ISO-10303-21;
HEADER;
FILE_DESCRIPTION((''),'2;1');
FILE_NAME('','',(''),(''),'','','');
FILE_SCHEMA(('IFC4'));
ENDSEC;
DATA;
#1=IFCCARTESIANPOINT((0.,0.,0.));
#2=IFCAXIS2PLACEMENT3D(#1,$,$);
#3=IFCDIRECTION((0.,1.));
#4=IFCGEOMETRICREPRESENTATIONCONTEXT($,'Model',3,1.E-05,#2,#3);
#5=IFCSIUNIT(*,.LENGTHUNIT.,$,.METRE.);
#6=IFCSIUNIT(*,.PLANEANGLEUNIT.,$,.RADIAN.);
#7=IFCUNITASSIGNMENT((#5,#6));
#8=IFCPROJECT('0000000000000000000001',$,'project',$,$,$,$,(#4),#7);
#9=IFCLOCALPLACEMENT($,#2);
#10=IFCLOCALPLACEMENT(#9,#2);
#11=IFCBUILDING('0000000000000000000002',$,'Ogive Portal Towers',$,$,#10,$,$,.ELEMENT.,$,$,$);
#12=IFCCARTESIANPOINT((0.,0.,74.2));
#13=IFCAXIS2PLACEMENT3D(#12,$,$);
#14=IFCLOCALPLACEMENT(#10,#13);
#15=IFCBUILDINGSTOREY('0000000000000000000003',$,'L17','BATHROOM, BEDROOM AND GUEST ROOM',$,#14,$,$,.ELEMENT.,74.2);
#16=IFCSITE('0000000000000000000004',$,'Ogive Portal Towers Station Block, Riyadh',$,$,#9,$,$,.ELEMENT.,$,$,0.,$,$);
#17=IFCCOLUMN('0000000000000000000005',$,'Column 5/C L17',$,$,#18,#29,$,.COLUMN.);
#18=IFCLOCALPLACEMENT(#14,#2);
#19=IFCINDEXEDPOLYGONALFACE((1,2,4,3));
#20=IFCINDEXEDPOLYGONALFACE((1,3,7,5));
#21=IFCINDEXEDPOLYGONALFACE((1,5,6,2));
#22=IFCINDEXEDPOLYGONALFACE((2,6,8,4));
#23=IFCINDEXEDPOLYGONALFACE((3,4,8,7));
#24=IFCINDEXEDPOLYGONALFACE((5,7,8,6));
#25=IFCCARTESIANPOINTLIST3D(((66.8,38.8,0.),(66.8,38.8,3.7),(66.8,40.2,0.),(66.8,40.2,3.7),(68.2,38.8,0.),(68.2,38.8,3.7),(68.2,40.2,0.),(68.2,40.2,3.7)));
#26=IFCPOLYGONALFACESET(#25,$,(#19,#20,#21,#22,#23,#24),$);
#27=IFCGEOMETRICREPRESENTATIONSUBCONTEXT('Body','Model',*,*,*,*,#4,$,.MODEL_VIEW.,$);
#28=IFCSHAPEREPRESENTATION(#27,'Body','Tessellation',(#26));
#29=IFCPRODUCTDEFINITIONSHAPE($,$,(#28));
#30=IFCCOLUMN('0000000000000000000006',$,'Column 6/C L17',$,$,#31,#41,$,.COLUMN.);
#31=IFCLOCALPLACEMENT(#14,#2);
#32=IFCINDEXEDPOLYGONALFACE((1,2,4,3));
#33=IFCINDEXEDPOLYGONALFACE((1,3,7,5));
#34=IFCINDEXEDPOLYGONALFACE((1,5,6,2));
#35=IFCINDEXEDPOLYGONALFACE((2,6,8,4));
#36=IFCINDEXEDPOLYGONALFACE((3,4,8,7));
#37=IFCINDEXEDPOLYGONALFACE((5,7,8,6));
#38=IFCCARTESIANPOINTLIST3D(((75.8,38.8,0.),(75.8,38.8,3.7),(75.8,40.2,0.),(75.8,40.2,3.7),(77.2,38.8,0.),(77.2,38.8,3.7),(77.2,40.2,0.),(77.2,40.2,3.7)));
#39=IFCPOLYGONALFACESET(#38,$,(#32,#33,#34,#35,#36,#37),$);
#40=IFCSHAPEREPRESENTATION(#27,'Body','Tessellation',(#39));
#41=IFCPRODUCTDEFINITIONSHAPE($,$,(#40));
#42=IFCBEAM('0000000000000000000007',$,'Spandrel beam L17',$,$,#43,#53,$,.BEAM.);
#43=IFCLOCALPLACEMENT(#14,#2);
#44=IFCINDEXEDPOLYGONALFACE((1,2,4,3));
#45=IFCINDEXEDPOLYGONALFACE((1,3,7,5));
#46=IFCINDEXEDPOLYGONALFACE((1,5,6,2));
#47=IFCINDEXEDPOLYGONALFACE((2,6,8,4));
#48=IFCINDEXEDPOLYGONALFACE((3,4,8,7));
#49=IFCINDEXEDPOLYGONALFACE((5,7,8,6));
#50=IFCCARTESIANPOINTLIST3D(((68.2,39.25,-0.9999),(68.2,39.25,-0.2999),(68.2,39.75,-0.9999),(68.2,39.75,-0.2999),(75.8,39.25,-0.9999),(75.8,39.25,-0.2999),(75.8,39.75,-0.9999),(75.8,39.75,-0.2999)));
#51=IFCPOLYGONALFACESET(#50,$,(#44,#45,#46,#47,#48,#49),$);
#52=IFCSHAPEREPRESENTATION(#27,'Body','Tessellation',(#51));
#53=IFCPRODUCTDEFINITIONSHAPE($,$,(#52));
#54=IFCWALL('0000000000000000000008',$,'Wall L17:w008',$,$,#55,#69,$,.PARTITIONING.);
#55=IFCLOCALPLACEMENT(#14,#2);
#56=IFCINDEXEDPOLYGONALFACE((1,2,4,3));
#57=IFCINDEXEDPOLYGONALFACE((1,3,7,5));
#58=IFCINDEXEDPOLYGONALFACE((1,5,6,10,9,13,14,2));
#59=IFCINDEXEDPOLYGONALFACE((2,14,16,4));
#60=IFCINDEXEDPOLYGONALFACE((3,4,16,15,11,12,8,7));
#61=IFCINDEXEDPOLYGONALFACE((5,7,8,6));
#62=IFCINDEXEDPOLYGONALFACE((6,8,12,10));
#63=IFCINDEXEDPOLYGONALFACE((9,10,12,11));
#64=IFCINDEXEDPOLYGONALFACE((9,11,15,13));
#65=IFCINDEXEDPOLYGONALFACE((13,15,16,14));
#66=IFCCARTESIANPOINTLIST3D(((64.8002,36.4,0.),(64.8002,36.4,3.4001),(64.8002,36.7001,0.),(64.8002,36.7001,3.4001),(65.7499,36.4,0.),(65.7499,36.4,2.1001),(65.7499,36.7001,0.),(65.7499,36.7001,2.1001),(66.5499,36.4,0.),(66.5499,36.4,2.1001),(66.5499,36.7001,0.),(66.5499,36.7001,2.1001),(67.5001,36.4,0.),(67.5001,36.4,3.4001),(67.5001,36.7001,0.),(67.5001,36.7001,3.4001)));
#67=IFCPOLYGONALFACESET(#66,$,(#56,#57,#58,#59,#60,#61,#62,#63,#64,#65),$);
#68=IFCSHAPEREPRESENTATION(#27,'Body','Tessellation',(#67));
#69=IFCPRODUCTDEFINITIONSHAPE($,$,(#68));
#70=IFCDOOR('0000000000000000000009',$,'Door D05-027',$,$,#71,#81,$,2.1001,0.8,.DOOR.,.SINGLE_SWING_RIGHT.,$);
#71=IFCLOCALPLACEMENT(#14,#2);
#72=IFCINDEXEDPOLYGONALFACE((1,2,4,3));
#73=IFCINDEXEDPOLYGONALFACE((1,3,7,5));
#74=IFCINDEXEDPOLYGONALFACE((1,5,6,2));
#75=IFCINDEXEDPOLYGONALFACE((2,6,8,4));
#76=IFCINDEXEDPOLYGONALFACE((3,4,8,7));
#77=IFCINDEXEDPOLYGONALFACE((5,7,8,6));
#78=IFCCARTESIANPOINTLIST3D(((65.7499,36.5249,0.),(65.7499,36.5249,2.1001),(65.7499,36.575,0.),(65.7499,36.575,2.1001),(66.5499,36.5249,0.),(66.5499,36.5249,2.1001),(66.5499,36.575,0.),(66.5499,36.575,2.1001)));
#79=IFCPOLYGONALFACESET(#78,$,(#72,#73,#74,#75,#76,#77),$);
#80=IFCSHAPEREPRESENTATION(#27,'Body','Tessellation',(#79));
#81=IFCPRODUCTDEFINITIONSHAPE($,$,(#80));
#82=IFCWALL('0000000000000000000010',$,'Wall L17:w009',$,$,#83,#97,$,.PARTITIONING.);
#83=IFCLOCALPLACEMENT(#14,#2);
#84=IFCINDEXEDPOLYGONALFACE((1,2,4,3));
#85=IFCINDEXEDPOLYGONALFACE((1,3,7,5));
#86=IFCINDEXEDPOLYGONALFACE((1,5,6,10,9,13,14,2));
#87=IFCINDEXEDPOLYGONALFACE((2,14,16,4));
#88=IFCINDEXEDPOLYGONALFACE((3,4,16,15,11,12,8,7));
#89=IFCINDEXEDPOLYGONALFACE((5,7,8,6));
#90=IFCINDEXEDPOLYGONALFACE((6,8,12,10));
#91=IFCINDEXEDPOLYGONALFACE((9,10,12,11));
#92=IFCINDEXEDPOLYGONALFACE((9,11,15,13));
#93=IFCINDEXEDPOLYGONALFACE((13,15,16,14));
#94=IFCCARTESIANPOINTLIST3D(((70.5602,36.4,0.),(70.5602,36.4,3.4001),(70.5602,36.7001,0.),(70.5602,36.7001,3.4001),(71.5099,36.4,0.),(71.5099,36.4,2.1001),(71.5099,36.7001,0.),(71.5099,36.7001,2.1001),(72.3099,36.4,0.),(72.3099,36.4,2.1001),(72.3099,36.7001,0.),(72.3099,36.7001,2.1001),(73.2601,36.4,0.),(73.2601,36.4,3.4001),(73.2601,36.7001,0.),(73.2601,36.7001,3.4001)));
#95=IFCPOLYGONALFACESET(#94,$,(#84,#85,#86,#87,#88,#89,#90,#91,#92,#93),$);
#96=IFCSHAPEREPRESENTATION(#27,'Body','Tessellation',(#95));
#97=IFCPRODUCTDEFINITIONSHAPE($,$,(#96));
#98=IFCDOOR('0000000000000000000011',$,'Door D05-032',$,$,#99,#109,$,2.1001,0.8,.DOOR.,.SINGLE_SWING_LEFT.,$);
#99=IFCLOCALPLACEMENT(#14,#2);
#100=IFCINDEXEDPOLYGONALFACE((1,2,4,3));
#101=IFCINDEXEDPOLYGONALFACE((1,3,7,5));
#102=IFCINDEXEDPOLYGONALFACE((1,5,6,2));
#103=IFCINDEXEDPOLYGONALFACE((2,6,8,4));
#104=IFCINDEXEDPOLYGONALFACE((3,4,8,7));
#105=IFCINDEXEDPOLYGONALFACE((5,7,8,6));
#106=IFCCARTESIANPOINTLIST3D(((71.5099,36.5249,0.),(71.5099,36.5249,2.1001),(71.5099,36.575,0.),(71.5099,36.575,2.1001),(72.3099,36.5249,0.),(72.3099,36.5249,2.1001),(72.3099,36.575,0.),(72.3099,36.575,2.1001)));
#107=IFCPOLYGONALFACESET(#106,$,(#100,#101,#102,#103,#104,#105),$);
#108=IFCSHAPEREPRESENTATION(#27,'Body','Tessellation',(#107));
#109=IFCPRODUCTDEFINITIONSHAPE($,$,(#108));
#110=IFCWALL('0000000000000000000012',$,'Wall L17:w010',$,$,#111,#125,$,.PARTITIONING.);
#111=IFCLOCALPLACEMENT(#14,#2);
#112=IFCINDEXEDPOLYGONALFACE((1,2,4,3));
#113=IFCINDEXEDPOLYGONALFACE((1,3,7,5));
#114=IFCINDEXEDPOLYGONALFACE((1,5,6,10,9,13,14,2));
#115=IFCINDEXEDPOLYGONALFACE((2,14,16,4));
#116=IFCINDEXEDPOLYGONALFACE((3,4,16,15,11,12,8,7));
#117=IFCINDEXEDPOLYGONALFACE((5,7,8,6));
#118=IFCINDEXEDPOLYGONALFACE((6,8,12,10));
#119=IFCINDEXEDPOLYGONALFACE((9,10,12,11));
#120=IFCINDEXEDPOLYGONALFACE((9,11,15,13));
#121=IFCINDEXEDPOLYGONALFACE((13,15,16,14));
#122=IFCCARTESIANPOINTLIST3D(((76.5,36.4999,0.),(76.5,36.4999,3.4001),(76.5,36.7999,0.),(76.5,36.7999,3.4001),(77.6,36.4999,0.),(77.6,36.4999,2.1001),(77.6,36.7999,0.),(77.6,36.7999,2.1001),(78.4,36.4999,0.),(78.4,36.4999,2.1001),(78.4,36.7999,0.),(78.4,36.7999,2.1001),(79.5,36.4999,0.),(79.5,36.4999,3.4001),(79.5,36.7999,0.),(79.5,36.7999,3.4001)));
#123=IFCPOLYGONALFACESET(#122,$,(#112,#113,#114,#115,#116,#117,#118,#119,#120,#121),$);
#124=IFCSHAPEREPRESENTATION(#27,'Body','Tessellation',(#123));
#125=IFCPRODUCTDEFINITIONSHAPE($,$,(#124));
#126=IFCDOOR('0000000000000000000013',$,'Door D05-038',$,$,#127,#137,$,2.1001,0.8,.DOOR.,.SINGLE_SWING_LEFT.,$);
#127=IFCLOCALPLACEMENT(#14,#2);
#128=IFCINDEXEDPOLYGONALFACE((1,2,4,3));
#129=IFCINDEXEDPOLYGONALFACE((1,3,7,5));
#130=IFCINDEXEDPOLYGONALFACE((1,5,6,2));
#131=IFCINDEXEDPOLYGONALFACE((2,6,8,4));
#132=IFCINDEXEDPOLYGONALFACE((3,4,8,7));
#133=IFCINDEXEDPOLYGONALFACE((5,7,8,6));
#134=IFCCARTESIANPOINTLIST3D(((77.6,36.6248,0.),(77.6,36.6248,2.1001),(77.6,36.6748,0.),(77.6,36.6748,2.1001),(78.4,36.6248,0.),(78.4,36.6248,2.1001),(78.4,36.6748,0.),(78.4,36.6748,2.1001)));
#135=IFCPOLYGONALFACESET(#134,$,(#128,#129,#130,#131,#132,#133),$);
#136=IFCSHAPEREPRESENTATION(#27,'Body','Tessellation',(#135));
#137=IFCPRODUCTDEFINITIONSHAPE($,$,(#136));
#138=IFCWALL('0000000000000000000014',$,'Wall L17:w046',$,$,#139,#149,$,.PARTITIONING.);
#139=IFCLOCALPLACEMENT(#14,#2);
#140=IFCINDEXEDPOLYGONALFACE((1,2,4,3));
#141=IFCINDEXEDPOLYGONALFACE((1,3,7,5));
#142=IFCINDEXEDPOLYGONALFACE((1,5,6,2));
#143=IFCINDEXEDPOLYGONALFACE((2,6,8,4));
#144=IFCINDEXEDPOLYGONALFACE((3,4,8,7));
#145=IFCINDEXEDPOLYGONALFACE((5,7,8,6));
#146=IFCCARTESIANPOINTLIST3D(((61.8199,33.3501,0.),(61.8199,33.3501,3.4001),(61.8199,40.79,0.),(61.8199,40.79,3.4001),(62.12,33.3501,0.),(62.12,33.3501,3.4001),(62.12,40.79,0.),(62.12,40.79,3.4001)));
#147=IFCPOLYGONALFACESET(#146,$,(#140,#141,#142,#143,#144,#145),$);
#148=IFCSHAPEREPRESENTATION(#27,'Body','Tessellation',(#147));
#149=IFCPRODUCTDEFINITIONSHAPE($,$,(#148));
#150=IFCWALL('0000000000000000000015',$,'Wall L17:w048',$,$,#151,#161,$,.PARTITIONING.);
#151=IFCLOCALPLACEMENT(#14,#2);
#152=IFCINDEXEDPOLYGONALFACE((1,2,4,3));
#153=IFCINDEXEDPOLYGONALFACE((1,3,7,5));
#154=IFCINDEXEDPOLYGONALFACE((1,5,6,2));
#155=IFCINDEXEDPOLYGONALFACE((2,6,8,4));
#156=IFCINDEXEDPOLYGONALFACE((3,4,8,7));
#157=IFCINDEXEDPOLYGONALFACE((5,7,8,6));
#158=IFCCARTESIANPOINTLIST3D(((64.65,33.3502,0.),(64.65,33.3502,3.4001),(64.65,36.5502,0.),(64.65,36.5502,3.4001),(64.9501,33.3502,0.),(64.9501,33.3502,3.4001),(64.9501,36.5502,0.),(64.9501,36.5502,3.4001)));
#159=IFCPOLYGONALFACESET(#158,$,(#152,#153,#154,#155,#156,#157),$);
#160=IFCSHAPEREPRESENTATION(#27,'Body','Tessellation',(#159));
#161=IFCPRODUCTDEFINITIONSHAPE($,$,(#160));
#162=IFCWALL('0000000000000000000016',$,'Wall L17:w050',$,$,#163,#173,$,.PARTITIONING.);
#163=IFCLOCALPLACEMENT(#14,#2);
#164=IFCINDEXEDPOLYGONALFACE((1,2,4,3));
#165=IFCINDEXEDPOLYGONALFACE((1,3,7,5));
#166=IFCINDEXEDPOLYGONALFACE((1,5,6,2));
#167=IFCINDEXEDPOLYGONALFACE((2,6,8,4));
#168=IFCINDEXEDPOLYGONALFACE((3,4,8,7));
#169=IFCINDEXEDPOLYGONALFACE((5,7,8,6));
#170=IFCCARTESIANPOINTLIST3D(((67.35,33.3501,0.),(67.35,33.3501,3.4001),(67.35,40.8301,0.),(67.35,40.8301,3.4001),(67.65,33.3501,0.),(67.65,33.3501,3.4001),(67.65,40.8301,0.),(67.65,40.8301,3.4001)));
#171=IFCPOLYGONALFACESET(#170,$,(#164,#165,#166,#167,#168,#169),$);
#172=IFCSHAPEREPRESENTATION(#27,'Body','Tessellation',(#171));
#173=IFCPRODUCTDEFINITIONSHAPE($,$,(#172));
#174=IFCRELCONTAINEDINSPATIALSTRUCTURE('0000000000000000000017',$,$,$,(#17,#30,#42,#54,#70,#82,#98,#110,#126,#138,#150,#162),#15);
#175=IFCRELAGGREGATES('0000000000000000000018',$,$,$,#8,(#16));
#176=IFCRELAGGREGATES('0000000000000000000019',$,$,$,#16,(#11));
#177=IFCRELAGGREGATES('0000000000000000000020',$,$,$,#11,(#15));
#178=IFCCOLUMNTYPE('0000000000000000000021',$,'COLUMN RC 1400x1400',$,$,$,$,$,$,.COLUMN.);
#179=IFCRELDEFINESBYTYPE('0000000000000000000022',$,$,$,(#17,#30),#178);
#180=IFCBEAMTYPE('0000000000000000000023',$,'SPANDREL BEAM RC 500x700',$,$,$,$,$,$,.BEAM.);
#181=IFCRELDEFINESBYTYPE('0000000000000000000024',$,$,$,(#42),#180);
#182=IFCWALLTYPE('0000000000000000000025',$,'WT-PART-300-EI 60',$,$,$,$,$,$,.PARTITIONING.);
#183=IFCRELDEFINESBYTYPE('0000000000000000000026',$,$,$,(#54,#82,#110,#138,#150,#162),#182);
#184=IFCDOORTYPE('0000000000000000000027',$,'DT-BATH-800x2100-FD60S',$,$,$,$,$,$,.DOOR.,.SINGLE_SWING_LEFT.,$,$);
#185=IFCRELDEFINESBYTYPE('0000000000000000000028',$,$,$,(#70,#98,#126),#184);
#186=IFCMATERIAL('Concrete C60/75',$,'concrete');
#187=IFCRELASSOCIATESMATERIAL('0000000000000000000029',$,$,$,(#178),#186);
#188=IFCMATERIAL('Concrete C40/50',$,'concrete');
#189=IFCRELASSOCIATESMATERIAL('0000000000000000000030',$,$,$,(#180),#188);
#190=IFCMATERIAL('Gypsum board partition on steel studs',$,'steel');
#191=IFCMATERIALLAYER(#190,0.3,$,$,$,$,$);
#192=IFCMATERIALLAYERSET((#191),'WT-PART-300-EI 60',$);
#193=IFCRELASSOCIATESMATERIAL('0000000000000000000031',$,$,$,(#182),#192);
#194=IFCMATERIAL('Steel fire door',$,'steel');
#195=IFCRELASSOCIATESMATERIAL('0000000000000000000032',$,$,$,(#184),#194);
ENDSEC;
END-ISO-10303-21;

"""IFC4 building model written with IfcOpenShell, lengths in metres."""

from ifc_helpers import new_model, si_unit, direction, frame, frame_2d, origin, origin_2d, place, context, subcontext, project, spatial, rectangle, extrude, material, layer, layer_set, material_profile, profile_set, type_object, element, fill, save


model = new_model("IFC4")

# Units and contexts
model_context = context("Model", 3, precision=1e-05, world=origin(), true_north=direction((0.0, 1.0)))
body_context = subcontext(model_context, "Body", "Model", "MODEL_VIEW")
ifc_project = project(units=[si_unit("LENGTHUNIT", "METRE"), si_unit("PLANEANGLEUNIT", "RADIAN")], contexts=[model_context])

# Site, building, storey
site_placement = place(None, origin())
site = spatial("IfcSite", under=ifc_project, at=site_placement, Name="Ogive Portal Towers Station Block, Riyadh", CompositionType="ELEMENT", RefElevation=0.0)
building_placement = place(site_placement, origin())
building = spatial("IfcBuilding", under=site, at=building_placement, Name="Ogive Portal Towers", CompositionType="ELEMENT")
storey_placement = place(building_placement, frame((0.0, 0.0, 74.2)))
storey = spatial("IfcBuildingStorey", under=building, at=storey_placement, Name="L17", Description="BATHROOM, BEDROOM AND GUEST ROOM", CompositionType="ELEMENT", Elevation=74.2)

# Columns
ifc_material_1 = material(Name="Concrete C60/75", Category="concrete")
ifc_material_profile_1 = material_profile(ifc_material_1, rectangle(XDim=1.3999, YDim=1.3999, at=origin_2d()), Name="RC 1400x1400")
ifc_profile_set_1 = profile_set([ifc_material_profile_1], Name="Concrete C60/75")
column_type = type_object("IfcColumnType", Name="COLUMN RC 1400x1400", PredefinedType="COLUMN", material=ifc_profile_set_1)
for number, where, z_axis, x_axis, name in (
    (1, (67.5, 39.5, 0.0), (0.0, 0.0, 1.0), (1.0, 0.0, 0.0), "Column 5/C L17"),
    (2, (76.5, 39.5, 0.0), (0.0, 0.0, 1.0), (1.0, 0.0, 0.0), "Column 6/C L17"),
):
    element("IfcColumn", number, at=place(storey_placement, frame(where, z_axis=z_axis, x_axis=x_axis)), inside=storey, type_object=column_type, Name=name, PredefinedType="COLUMN", context=body_context, shape_type="SweptSolid", body=[
        extrude(rectangle(XDim=1.3999, YDim=1.3999, at=origin_2d()), origin(), (0.0, 0.0, 1.0), 3.7),
    ])

# Beam
ifc_material_2 = material(Name="Concrete C40/50", Category="concrete")
ifc_material_profile_2 = material_profile(ifc_material_2, rectangle(XDim=0.5, YDim=0.7, at=origin_2d()), Name="RC 500x700")
ifc_profile_set_2 = profile_set([ifc_material_profile_2], Name="Concrete C40/50")
beam_type = type_object("IfcBeamType", Name="SPANDREL BEAM RC 500x700", PredefinedType="BEAM", material=ifc_profile_set_2)
beam_placement = place(storey_placement, frame((68.2, 39.5, -0.6499), z_axis=(1.0, 0.0, 0.0), x_axis=(0.0, 1.0, 0.0)))
element("IfcBeam", 3, at=beam_placement, inside=storey, type_object=beam_type, Name="Spandrel beam L17", PredefinedType="BEAM", context=body_context, shape_type="SweptSolid", body=[
    extrude(rectangle(XDim=0.5, YDim=0.7, at=origin_2d()), origin(), (0.0, 0.0, 1.0), 7.6001),
])

# Walls, openings, doors
ifc_material_3 = material(Name="Gypsum board partition on steel studs", Category="steel")
ifc_layer_1 = layer(ifc_material_3, 0.3)
ifc_layer_set_1 = layer_set([ifc_layer_1], Name="WT-PART-300-EI 60")
wall_type_1 = type_object("IfcWallType", Name="WT-PART-300-EI 60", PredefinedType="PARTITIONING", material=ifc_layer_set_1)
wall_1_placement = place(storey_placement, frame((64.8, 36.55, 0.0), z_axis=(0.0, 0.0, 1.0), x_axis=(1.0, 0.0, 0.0)))
wall_1 = element("IfcWall", 4, at=wall_1_placement, inside=storey, type_object=wall_type_1, Name="Wall L17:w008", PredefinedType="PARTITIONING", context=body_context, shape_type="SweptSolid", body=[
    extrude(rectangle(XDim=2.7, YDim=0.3, at=frame_2d((1.3501, 0.0))), origin(), (0.0, 0.0, 1.0), 3.4001),
])
opening_1_placement = place(wall_1_placement, frame((0.95, 0.0, 0.0)))
opening_1 = element("IfcOpeningElement", 5, at=opening_1_placement, cuts=wall_1, PredefinedType="OPENING", context=body_context, shape_type="SweptSolid", body=[
    extrude(rectangle(XDim=0.8, YDim=2.1001, at=frame_2d((0.3999, 1.05))), frame((0.0, 0.1602, 0.0), z_axis=(0.0, -1.0, 0.0), x_axis=(1.0, 0.0, 0.0)), (0.0, 0.0, 1.0), 0.3201),
])
ifc_material_4 = material(Name="Steel fire door", Category="steel")
door_type_1 = type_object("IfcDoorType", Name="DT-BATH-800x2100-FD60S", OperationType="SINGLE_SWING_LEFT", PredefinedType="DOOR", material=ifc_material_4)
door_1_placement = place(opening_1_placement, origin())
door_1 = element("IfcDoor", 6, at=door_1_placement, inside=storey, type_object=door_type_1, Name="Door D05-027", OperationType="SINGLE_SWING_RIGHT", OverallHeight=2.1001, OverallWidth=0.8, PredefinedType="DOOR", context=body_context, shape_type="SweptSolid", body=[
    extrude(rectangle(XDim=0.8, YDim=2.1001, at=frame_2d((0.3999, 1.05))), frame((0.0, 0.0249, 0.0), z_axis=(0.0, -1.0, 0.0), x_axis=(1.0, 0.0, 0.0)), (0.0, 0.0, 1.0), 0.05),
])
fill(opening_1, door_1)
wall_2_placement = place(storey_placement, frame((70.5601, 36.55, 0.0), z_axis=(0.0, 0.0, 1.0), x_axis=(1.0, 0.0, 0.0)))
wall_2 = element("IfcWall", 7, at=wall_2_placement, inside=storey, type_object=wall_type_1, Name="Wall L17:w009", PredefinedType="PARTITIONING", context=body_context, shape_type="SweptSolid", body=[
    extrude(rectangle(XDim=2.7, YDim=0.3, at=frame_2d((1.3501, 0.0))), origin(), (0.0, 0.0, 1.0), 3.4001),
])
opening_2_placement = place(wall_2_placement, frame((0.95, 0.0, 0.0)))
opening_2 = element("IfcOpeningElement", 8, at=opening_2_placement, cuts=wall_2, PredefinedType="OPENING", context=body_context, shape_type="SweptSolid", body=[
    extrude(rectangle(XDim=0.8, YDim=2.1001, at=frame_2d((0.3999, 1.05))), frame((0.0, 0.1602, 0.0), z_axis=(0.0, -1.0, 0.0), x_axis=(1.0, 0.0, 0.0)), (0.0, 0.0, 1.0), 0.3201),
])
door_2_placement = place(opening_2_placement, origin())
door_2 = element("IfcDoor", 9, at=door_2_placement, inside=storey, type_object=door_type_1, Name="Door D05-032", OperationType="SINGLE_SWING_LEFT", OverallHeight=2.1001, OverallWidth=0.8, PredefinedType="DOOR", context=body_context, shape_type="SweptSolid", body=[
    extrude(rectangle(XDim=0.8, YDim=2.1001, at=frame_2d((0.3999, 1.05))), frame((0.0, 0.0249, 0.0), z_axis=(0.0, -1.0, 0.0), x_axis=(1.0, 0.0, 0.0)), (0.0, 0.0, 1.0), 0.05),
])
fill(opening_2, door_2)
wall_3_placement = place(storey_placement, frame((76.5, 36.6499, 0.0), z_axis=(0.0, 0.0, 1.0), x_axis=(1.0, 0.0, 0.0)))
wall_3 = element("IfcWall", 10, at=wall_3_placement, inside=storey, type_object=wall_type_1, Name="Wall L17:w010", PredefinedType="PARTITIONING", context=body_context, shape_type="SweptSolid", body=[
    extrude(rectangle(XDim=3.0, YDim=0.3, at=frame_2d((1.5, 0.0))), origin(), (0.0, 0.0, 1.0), 3.4001),
])
opening_3_placement = place(wall_3_placement, frame((1.1001, 0.0, 0.0)))
opening_3 = element("IfcOpeningElement", 11, at=opening_3_placement, cuts=wall_3, PredefinedType="OPENING", context=body_context, shape_type="SweptSolid", body=[
    extrude(rectangle(XDim=0.8, YDim=2.1001, at=frame_2d((0.3999, 1.05))), frame((0.0, 0.1602, 0.0), z_axis=(0.0, -1.0, 0.0), x_axis=(1.0, 0.0, 0.0)), (0.0, 0.0, 1.0), 0.3201),
])
door_3_placement = place(opening_3_placement, origin())
door_3 = element("IfcDoor", 12, at=door_3_placement, inside=storey, type_object=door_type_1, Name="Door D05-038", OperationType="SINGLE_SWING_LEFT", OverallHeight=2.1001, OverallWidth=0.8, PredefinedType="DOOR", context=body_context, shape_type="SweptSolid", body=[
    extrude(rectangle(XDim=0.8, YDim=2.1001, at=frame_2d((0.3999, 1.05))), frame((0.0, 0.0249, 0.0), z_axis=(0.0, -1.0, 0.0), x_axis=(1.0, 0.0, 0.0)), (0.0, 0.0, 1.0), 0.05),
])
fill(opening_3, door_3)

# Walls
wall_4_placement = place(storey_placement, frame((61.97, 33.3501, 0.0), z_axis=(0.0, 0.0, 1.0), x_axis=(0.0, 1.0, 0.0)))
element("IfcWall", 13, at=wall_4_placement, inside=storey, type_object=wall_type_1, Name="Wall L17:w046", PredefinedType="PARTITIONING", context=body_context, shape_type="SweptSolid", body=[
    extrude(rectangle(XDim=7.4399, YDim=0.3, at=frame_2d((3.72, 0.0))), origin(), (0.0, 0.0, 1.0), 3.4001),
])
wall_5_placement = place(storey_placement, frame((64.8, 33.3501, 0.0), z_axis=(0.0, 0.0, 1.0), x_axis=(0.0, 1.0, 0.0)))
element("IfcWall", 14, at=wall_5_placement, inside=storey, type_object=wall_type_1, Name="Wall L17:w048", PredefinedType="PARTITIONING", context=body_context, shape_type="SweptSolid", body=[
    extrude(rectangle(XDim=3.2, YDim=0.3, at=frame_2d((1.6001, 0.0))), origin(), (0.0, 0.0, 1.0), 3.4001),
])
wall_6_placement = place(storey_placement, frame((67.5, 33.3501, 0.0), z_axis=(0.0, 0.0, 1.0), x_axis=(0.0, 1.0, 0.0)))
element("IfcWall", 15, at=wall_6_placement, inside=storey, type_object=wall_type_1, Name="Wall L17:w050", PredefinedType="PARTITIONING", context=body_context, shape_type="SweptSolid", body=[
    extrude(rectangle(XDim=7.48, YDim=0.3, at=frame_2d((3.74, 0.0))), origin(), (0.0, 0.0, 1.0), 3.4001),
])

save(model, "model.ifc")
